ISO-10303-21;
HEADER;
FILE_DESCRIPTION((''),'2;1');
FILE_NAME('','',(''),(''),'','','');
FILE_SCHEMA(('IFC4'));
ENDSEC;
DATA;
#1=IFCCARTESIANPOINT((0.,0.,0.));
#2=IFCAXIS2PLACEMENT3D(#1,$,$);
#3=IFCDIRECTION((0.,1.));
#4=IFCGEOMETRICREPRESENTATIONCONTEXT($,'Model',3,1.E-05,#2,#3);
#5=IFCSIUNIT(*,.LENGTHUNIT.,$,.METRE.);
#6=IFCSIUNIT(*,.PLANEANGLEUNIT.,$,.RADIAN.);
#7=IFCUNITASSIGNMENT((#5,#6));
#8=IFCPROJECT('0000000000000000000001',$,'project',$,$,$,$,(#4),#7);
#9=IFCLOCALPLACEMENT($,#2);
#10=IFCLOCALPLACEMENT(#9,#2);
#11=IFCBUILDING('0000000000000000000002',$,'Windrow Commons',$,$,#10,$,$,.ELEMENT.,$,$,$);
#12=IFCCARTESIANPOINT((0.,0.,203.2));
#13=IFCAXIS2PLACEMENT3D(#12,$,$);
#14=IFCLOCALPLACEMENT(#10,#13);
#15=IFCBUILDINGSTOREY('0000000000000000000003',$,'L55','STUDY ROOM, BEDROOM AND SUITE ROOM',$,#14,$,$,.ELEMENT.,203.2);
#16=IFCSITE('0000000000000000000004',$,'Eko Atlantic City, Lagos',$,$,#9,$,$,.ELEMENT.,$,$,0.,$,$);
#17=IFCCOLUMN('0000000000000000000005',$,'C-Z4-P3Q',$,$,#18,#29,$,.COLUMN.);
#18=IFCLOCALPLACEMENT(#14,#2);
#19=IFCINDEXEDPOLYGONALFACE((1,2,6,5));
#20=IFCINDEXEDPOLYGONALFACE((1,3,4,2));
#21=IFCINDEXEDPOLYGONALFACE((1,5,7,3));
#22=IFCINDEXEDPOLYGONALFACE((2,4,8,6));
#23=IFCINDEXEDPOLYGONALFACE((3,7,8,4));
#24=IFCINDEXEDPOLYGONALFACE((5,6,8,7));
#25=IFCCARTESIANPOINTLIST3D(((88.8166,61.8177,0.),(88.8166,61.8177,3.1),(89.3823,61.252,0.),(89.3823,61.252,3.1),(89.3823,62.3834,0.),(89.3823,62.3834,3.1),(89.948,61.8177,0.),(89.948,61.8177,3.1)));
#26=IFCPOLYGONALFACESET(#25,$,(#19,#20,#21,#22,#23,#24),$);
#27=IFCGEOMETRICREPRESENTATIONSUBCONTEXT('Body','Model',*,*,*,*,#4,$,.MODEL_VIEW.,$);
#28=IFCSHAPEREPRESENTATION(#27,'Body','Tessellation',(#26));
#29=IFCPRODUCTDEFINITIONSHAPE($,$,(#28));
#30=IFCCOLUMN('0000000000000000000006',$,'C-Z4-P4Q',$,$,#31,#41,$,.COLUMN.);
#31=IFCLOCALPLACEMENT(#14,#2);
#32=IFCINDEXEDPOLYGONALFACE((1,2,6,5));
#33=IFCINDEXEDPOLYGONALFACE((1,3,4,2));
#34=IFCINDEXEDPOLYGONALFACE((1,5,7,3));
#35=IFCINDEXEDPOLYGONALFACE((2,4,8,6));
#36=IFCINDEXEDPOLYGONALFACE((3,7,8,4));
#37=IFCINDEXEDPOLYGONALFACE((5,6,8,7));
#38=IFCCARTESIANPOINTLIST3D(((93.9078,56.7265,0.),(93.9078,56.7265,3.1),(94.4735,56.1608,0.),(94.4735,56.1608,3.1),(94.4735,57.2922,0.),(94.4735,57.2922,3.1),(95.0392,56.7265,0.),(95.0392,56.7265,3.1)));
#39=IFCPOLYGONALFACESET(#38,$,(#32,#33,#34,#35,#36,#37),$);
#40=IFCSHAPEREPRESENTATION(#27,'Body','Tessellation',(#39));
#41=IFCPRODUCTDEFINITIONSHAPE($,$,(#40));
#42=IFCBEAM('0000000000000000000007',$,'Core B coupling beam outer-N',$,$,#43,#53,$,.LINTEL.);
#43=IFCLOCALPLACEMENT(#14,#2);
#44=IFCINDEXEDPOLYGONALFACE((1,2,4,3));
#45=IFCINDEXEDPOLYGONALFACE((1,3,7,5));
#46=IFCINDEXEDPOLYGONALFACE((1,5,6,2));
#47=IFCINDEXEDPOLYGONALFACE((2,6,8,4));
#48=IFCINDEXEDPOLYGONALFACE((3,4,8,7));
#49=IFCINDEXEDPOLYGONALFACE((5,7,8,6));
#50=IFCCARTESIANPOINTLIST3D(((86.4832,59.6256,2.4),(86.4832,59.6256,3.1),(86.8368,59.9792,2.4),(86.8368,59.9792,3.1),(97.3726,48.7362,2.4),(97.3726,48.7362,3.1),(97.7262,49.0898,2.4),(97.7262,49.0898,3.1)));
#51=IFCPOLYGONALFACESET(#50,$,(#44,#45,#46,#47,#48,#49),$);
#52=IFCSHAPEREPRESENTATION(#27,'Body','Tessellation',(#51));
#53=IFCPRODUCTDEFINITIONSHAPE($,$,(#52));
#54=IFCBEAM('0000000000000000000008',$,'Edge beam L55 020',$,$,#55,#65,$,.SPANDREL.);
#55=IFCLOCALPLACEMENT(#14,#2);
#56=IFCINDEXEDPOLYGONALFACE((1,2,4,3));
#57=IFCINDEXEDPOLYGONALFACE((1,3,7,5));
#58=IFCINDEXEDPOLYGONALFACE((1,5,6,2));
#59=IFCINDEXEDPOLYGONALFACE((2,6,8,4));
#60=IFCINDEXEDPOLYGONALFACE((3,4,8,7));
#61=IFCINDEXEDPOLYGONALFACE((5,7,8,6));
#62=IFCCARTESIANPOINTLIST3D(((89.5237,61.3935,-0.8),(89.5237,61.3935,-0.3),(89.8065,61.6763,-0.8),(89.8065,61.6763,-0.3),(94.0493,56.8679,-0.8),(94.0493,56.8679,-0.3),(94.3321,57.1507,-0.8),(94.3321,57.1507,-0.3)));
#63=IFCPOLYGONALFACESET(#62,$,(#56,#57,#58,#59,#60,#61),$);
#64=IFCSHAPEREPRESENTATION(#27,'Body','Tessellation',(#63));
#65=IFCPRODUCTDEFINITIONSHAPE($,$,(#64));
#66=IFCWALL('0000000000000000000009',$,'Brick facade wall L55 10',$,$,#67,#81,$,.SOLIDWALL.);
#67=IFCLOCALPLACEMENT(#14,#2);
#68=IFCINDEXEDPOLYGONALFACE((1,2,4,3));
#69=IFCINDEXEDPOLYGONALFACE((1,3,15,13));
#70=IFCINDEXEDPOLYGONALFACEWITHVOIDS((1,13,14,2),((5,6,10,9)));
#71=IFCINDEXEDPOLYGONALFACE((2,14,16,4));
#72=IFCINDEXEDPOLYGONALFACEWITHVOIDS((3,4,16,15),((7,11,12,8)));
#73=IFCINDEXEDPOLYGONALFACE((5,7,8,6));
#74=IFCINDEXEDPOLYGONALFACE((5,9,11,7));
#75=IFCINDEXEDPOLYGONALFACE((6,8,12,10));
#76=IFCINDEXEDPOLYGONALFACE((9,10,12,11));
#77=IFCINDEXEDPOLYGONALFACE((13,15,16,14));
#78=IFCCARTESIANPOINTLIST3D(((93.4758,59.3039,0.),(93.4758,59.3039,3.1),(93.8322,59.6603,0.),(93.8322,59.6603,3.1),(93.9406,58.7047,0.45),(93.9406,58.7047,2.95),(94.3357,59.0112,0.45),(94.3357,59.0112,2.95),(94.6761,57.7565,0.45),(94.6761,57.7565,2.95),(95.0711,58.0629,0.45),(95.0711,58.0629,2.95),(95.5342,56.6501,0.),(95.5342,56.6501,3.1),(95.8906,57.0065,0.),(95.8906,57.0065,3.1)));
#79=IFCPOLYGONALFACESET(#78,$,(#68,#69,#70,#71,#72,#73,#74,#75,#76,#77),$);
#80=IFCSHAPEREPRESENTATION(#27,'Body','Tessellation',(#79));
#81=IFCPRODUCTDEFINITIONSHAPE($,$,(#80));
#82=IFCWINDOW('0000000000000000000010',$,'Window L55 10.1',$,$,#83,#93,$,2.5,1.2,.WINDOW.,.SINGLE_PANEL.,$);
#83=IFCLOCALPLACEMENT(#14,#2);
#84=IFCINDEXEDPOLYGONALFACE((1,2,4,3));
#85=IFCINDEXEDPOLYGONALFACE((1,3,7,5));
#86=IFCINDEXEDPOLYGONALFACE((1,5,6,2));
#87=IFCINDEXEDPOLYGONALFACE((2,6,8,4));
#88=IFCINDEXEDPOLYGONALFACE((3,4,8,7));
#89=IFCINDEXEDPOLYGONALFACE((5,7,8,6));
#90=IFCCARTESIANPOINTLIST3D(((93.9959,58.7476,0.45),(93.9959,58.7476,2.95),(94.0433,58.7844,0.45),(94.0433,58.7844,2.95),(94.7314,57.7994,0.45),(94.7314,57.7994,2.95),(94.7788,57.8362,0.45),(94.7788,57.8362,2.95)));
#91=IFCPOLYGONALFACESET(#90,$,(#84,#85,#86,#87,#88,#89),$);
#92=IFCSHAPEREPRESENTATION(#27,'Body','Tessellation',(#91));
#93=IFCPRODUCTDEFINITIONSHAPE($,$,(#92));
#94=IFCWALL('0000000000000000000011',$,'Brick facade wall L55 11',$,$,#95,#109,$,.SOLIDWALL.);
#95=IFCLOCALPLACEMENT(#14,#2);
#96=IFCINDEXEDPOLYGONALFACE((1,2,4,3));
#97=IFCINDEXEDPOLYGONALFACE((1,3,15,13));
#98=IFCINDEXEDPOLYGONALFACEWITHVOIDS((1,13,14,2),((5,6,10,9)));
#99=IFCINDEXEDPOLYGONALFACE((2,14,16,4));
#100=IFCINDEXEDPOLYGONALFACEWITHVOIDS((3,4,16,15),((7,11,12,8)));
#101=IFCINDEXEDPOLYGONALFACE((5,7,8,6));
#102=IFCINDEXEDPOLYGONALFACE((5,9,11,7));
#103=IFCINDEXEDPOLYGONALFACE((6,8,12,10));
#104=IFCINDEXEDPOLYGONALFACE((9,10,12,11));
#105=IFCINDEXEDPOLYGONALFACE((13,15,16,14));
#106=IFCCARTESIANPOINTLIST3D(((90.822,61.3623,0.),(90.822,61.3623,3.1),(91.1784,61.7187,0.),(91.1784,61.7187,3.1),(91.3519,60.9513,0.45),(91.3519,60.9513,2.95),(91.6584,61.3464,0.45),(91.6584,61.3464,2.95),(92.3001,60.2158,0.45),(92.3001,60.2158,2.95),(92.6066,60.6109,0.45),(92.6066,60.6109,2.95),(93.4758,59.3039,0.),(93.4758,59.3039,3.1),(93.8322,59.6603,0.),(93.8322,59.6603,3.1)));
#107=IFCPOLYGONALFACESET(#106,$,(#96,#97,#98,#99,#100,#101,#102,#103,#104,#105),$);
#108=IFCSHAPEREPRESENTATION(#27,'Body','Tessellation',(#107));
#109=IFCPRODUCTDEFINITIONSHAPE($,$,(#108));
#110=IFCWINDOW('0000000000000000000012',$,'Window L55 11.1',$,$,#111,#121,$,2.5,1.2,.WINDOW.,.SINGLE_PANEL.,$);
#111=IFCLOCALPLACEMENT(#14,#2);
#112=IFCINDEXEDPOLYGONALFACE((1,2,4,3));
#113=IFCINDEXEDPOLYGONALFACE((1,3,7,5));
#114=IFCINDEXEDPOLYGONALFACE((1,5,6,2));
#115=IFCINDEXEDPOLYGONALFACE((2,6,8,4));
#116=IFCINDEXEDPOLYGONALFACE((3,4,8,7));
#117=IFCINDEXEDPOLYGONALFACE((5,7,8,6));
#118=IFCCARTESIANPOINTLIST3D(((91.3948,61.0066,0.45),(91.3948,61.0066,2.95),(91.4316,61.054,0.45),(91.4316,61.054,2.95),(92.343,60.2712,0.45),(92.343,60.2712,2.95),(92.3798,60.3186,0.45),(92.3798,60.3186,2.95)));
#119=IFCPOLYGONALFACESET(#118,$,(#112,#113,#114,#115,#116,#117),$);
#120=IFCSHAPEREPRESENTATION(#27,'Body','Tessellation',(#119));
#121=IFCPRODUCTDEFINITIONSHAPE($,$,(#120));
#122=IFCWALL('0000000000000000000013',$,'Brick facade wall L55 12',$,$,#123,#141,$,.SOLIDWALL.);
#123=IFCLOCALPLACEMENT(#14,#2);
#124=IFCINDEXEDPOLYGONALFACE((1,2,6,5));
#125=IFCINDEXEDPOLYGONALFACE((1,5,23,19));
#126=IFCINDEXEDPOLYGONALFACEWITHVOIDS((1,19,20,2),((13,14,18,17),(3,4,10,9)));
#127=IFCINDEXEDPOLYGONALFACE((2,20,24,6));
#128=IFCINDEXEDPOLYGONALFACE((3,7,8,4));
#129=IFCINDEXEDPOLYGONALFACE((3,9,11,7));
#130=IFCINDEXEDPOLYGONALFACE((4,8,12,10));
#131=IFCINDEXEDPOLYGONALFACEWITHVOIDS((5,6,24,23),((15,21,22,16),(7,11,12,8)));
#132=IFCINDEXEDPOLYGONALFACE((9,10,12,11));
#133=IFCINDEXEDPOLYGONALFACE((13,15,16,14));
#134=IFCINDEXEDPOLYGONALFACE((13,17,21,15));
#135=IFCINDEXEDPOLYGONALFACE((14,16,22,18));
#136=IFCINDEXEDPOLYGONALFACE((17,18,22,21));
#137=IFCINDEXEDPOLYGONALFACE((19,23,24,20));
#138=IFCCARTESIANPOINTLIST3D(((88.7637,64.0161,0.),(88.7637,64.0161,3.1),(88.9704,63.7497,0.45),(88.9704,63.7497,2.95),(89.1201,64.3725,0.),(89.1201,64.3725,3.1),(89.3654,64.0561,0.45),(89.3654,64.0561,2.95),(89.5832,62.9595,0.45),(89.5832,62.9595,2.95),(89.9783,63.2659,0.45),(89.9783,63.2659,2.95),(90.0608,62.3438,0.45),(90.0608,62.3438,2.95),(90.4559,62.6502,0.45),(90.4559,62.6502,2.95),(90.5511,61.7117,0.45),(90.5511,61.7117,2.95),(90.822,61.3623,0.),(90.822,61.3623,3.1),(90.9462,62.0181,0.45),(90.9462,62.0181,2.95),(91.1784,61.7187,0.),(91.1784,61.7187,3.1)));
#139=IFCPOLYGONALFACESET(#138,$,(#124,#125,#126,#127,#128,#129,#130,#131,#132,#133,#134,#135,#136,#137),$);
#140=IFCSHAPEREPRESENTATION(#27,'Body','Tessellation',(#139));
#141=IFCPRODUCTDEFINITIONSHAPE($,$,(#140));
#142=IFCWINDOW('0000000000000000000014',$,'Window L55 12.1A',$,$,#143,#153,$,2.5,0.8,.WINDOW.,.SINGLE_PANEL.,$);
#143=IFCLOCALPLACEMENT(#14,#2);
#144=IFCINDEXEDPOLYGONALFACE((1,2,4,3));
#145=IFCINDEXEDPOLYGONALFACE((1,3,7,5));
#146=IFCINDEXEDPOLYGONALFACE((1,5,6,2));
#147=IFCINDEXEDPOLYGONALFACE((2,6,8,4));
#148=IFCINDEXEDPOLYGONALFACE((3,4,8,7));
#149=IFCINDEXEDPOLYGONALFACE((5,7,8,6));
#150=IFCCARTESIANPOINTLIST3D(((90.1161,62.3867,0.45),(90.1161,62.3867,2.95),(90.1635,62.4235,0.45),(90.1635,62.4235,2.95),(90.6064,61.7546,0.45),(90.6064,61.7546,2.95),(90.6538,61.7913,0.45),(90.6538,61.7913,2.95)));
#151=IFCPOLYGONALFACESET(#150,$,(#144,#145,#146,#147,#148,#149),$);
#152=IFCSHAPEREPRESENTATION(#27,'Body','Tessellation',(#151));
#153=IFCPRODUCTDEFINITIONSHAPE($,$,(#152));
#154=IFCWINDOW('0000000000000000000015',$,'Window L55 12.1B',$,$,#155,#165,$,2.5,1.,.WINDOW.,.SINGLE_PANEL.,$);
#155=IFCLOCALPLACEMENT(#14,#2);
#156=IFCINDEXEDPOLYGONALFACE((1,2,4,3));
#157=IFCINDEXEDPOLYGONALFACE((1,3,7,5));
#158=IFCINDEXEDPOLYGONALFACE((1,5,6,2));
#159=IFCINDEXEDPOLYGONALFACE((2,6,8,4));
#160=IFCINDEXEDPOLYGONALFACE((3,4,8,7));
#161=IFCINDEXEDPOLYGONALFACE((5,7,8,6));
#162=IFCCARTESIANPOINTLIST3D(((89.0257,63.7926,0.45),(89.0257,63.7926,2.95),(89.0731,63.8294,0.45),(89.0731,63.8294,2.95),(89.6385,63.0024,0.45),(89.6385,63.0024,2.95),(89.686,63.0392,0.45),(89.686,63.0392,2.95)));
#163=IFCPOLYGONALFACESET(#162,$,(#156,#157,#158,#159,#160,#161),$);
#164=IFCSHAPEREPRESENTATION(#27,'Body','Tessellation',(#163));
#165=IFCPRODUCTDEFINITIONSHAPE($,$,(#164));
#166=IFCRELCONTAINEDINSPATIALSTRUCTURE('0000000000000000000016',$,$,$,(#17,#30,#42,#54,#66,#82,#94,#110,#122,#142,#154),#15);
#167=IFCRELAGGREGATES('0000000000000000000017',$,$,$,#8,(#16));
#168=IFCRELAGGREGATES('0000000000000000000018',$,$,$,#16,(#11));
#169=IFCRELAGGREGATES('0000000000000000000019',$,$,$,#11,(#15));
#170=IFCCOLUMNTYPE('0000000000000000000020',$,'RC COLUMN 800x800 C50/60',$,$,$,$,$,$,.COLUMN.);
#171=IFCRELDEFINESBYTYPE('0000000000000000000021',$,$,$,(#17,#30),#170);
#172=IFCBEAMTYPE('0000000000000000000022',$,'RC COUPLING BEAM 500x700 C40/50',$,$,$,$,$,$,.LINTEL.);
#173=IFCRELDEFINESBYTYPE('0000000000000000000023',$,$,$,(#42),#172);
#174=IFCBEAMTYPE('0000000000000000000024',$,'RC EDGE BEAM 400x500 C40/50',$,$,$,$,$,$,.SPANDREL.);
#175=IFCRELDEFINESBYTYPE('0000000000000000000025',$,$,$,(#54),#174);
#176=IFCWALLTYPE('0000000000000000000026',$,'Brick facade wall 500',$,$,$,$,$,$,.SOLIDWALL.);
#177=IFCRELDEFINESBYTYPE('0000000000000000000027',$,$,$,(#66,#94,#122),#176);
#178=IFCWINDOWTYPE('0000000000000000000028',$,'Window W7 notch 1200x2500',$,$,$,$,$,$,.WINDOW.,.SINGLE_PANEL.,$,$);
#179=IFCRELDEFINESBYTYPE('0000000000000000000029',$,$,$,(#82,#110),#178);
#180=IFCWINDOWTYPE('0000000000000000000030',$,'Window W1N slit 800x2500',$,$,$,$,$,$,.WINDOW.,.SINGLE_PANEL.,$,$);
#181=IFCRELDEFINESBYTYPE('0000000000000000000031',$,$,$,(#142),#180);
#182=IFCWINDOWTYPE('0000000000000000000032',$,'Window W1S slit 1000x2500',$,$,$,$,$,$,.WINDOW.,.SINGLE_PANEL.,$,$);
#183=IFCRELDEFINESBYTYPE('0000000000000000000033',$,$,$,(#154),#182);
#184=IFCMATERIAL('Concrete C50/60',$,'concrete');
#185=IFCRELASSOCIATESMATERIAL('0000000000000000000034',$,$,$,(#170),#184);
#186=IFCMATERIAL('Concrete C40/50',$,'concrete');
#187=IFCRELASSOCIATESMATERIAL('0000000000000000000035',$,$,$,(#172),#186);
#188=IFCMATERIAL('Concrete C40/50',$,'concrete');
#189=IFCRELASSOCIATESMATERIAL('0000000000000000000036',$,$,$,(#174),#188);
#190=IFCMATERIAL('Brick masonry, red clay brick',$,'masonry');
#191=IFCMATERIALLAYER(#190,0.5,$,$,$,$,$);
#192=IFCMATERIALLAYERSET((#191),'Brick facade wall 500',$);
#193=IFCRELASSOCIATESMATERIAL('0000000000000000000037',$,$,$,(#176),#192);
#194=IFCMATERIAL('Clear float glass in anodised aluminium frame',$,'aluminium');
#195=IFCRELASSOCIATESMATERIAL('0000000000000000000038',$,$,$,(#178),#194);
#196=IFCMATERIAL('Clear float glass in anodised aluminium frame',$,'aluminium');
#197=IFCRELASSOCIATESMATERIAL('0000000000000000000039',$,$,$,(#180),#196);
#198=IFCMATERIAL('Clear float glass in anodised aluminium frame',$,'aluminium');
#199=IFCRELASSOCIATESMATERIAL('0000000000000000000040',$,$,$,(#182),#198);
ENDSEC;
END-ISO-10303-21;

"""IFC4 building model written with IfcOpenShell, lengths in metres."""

from ifc_helpers import new_model, si_unit, direction, frame, frame_2d, origin, origin_2d, place, context, subcontext, project, spatial, polyline, rectangle, outline, extrude, material, layer, layer_set, material_profile, profile_set, type_object, element, fill, save


model = new_model("IFC4")

# Units and contexts
model_context = context("Model", 3, precision=1e-05, world=origin(), true_north=direction((0.0, 1.0)))
body_context = subcontext(model_context, "Body", "Model", "MODEL_VIEW")
ifc_project = project(units=[si_unit("LENGTHUNIT", "METRE"), si_unit("PLANEANGLEUNIT", "RADIAN")], contexts=[model_context])

# Site, building, storey
site_placement = place(None, origin())
site = spatial("IfcSite", under=ifc_project, at=site_placement, Name="Eko Atlantic City, Lagos", CompositionType="ELEMENT", RefElevation=0.0)
building_placement = place(site_placement, origin())
building = spatial("IfcBuilding", under=site, at=building_placement, Name="Windrow Commons", CompositionType="ELEMENT")
storey_placement = place(building_placement, frame((0.0, 0.0, 203.2)))
storey = spatial("IfcBuildingStorey", under=building, at=storey_placement, Name="L55", Description="STUDY ROOM, BEDROOM AND SUITE ROOM", CompositionType="ELEMENT", Elevation=203.2)

# Columns
ifc_material_1 = material(Name="Concrete C50/60", Category="concrete")
ifc_material_profile_1 = material_profile(ifc_material_1, rectangle(XDim=0.8, YDim=0.8, at=origin_2d()))
ifc_profile_set_1 = profile_set([ifc_material_profile_1], Name="Concrete C50/60")
column_type = type_object("IfcColumnType", Name="RC COLUMN 800x800 C50/60", PredefinedType="COLUMN", material=ifc_profile_set_1)
for number, where, z_axis, x_axis, name in (
    (1, (89.3823, 61.8177, 0.0), (0.0, 0.0, 1.0), (0.707107, -0.707107, 0.0), "C-Z4-P3Q"),
    (2, (94.4735, 56.7265, 0.0), (0.0, 0.0, 1.0), (0.707107, -0.707107, 0.0), "C-Z4-P4Q"),
):
    element("IfcColumn", number, at=place(storey_placement, frame(where, z_axis=z_axis, x_axis=x_axis)), inside=storey, type_object=column_type, Name=name, PredefinedType="COLUMN", context=body_context, shape_type="SweptSolid", body=[
        extrude(rectangle(XDim=0.8, YDim=0.8, at=origin_2d()), origin(), (0.0, 0.0, 1.0), 3.1),
    ])

# Beams
ifc_material_2 = material(Name="Concrete C40/50", Category="concrete")
ifc_material_profile_2 = material_profile(ifc_material_2, rectangle(XDim=0.5, YDim=0.7, at=origin_2d()))
ifc_profile_set_2 = profile_set([ifc_material_profile_2], Name="Concrete C40/50")
beam_type_1 = type_object("IfcBeamType", Name="RC COUPLING BEAM 500x700 C40/50", PredefinedType="LINTEL", material=ifc_profile_set_2)
beam_1_placement = place(storey_placement, frame((86.66, 59.8024, 2.75), z_axis=(0.707107, -0.707107, 0.0), x_axis=(0.707107, 0.707107, 0.0)))
element("IfcBeam", 3, at=beam_1_placement, inside=storey, type_object=beam_type_1, Name="Core B coupling beam outer-N", PredefinedType="LINTEL", context=body_context, shape_type="SweptSolid", body=[
    extrude(rectangle(XDim=0.5, YDim=0.7, at=origin_2d()), origin(), (0.0, 0.0, 1.0), 15.3999),
])
ifc_material_3 = material(Name="Concrete C40/50", Category="concrete")
ifc_material_profile_3 = material_profile(ifc_material_3, rectangle(XDim=0.4, YDim=0.5, at=origin_2d()))
ifc_profile_set_3 = profile_set([ifc_material_profile_3], Name="Concrete C40/50")
beam_type_2 = type_object("IfcBeamType", Name="RC EDGE BEAM 400x500 C40/50", PredefinedType="SPANDREL", material=ifc_profile_set_3)
beam_2_placement = place(storey_placement, frame((89.6651, 61.5349, -0.55), z_axis=(0.707107, -0.707107, 0.0), x_axis=(0.707107, 0.707107, 0.0)))
element("IfcBeam", 4, at=beam_2_placement, inside=storey, type_object=beam_type_2, Name="Edge beam L55 020", PredefinedType="SPANDREL", context=body_context, shape_type="SweptSolid", body=[
    extrude(rectangle(XDim=0.4, YDim=0.5, at=origin_2d()), origin(), (0.0, 0.0, 1.0), 6.4002),
])

# Walls, openings, windows
ifc_material_4 = material(Name="Brick masonry, red clay brick", Category="masonry")
ifc_layer_1 = layer(ifc_material_4, 0.5)
ifc_layer_set_1 = layer_set([ifc_layer_1], Name="Brick facade wall 500")
wall_type_1 = type_object("IfcWallType", Name="Brick facade wall 500", PredefinedType="SOLIDWALL", material=ifc_layer_set_1)
wall_1_placement = place(storey_placement, frame((95.7124, 56.8283, 0.0), z_axis=(0.0, 0.0, 1.0), x_axis=(-0.612889, 0.790169, 0.0)))
wall_1 = element("IfcWall", 5, at=wall_1_placement, inside=storey, type_object=wall_type_1, Name="Brick facade wall L55 10", PredefinedType="SOLIDWALL", context=body_context, shape_type="SweptSolid", body=[
    extrude(outline(polyline([(0.0316, -0.25), (3.3901, -0.25), (3.3269, 0.25), (-0.0316, 0.25), (0.0316, -0.25)])), origin(), (0.0, 0.0, 1.0), 3.1),
])
opening_1_placement = place(wall_1_placement, frame((1.3686, 0.0, 0.45)))
opening_1 = element("IfcOpeningElement", 6, at=opening_1_placement, cuts=wall_1, PredefinedType="OPENING", context=body_context, shape_type="SweptSolid", body=[
    extrude(rectangle(XDim=1.2, YDim=2.5, at=frame_2d((0.6, 1.25))), frame((0.0, 0.26, 0.0), z_axis=(0.0, -1.0, 0.0), x_axis=(1.0, 0.0, 0.0)), (0.0, 0.0, 1.0), 0.52),
])
ifc_material_5 = material(Name="Clear float glass in anodised aluminium frame", Category="aluminium")
window_type_1 = type_object("IfcWindowType", Name="Window W7 notch 1200x2500", PartitioningType="SINGLE_PANEL", PredefinedType="WINDOW", material=ifc_material_5)
window_1_placement = place(opening_1_placement, origin())
window_1 = element("IfcWindow", 7, at=window_1_placement, inside=storey, type_object=window_type_1, Name="Window L55 10.1", OverallHeight=2.5, OverallWidth=1.2, PartitioningType="SINGLE_PANEL", PredefinedType="WINDOW", context=body_context, shape_type="SweptSolid", body=[
    extrude(rectangle(XDim=1.2, YDim=2.5, at=frame_2d((0.6, 1.25))), frame((0.0, 0.18, 0.0), z_axis=(0.0, -1.0, 0.0), x_axis=(1.0, 0.0, 0.0)), (0.0, 0.0, 1.0), 0.06),
])
fill(opening_1, window_1)
wall_2_placement = place(storey_placement, frame((93.654, 59.4821, 0.0), z_axis=(0.0, 0.0, 1.0), x_axis=(-0.790169, 0.612889, 0.0)))
wall_2 = element("IfcWall", 8, at=wall_2_placement, inside=storey, type_object=wall_type_1, Name="Brick facade wall L55 11", PredefinedType="SOLIDWALL", context=body_context, shape_type="SweptSolid", body=[
    extrude(outline(polyline([(-0.0316, -0.25), (3.3269, -0.25), (3.3901, 0.25), (0.0316, 0.25), (-0.0316, -0.25)])), origin(), (0.0, 0.0, 1.0), 3.1),
])
opening_2_placement = place(wall_2_placement, frame((1.5195, 0.0, 0.45)))
opening_2 = element("IfcOpeningElement", 9, at=opening_2_placement, cuts=wall_2, PredefinedType="OPENING", context=body_context, shape_type="SweptSolid", body=[
    extrude(rectangle(XDim=1.2, YDim=2.5, at=frame_2d((0.6, 1.25))), frame((0.0, 0.26, 0.0), z_axis=(0.0, -1.0, 0.0), x_axis=(1.0, 0.0, 0.0)), (0.0, 0.0, 1.0), 0.52),
])
window_2_placement = place(opening_2_placement, origin())
window_2 = element("IfcWindow", 10, at=window_2_placement, inside=storey, type_object=window_type_1, Name="Window L55 11.1", OverallHeight=2.5, OverallWidth=1.2, PartitioningType="SINGLE_PANEL", PredefinedType="WINDOW", context=body_context, shape_type="SweptSolid", body=[
    extrude(rectangle(XDim=1.2, YDim=2.5, at=frame_2d((0.6, 1.25))), frame((0.0, 0.18, 0.0), z_axis=(0.0, -1.0, 0.0), x_axis=(1.0, 0.0, 0.0)), (0.0, 0.0, 1.0), 0.06),
])
fill(opening_2, window_2)

# Wall, openings, windows
wall_3_placement = place(storey_placement, frame((91.0002, 61.5405, 0.0), z_axis=(0.0, 0.0, 1.0), x_axis=(-0.61287, 0.790184, 0.0)))
wall_3 = element("IfcWall", 11, at=wall_3_placement, inside=storey, type_object=wall_type_1, Name="Brick facade wall L55 12", PredefinedType="SOLIDWALL", context=body_context, shape_type="SweptSolid", body=[
    extrude(outline(polyline([(0.0316, -0.25), (3.3901, -0.25), (3.3269, 0.25), (-0.0316, 0.25), (0.0316, -0.25)])), origin(), (0.0, 0.0, 1.0), 3.1),
])
opening_3_placement = place(wall_3_placement, frame((0.4105, 0.0, 0.45)))
opening_3 = element("IfcOpeningElement", 12, at=opening_3_placement, cuts=wall_3, PredefinedType="OPENING", context=body_context, shape_type="SweptSolid", body=[
    extrude(rectangle(XDim=0.8, YDim=2.5, at=frame_2d((0.4, 1.25))), frame((0.0, 0.26, 0.0), z_axis=(0.0, -1.0, 0.0), x_axis=(1.0, 0.0, 0.0)), (0.0, 0.0, 1.0), 0.52),
])
opening_4_placement = place(wall_3_placement, frame((1.9897, 0.0, 0.45)))
opening_4 = element("IfcOpeningElement", 13, at=opening_4_placement, cuts=wall_3, PredefinedType="OPENING", context=body_context, shape_type="SweptSolid", body=[
    extrude(rectangle(XDim=1.0, YDim=2.5, at=frame_2d((0.5, 1.25))), frame((0.0, 0.26, 0.0), z_axis=(0.0, -1.0, 0.0), x_axis=(1.0, 0.0, 0.0)), (0.0, 0.0, 1.0), 0.52),
])
ifc_material_6 = material(Name="Clear float glass in anodised aluminium frame", Category="aluminium")
window_type_2 = type_object("IfcWindowType", Name="Window W1N slit 800x2500", PartitioningType="SINGLE_PANEL", PredefinedType="WINDOW", material=ifc_material_6)
window_3_placement = place(opening_3_placement, origin())
window_3 = element("IfcWindow", 14, at=window_3_placement, inside=storey, type_object=window_type_2, Name="Window L55 12.1A", OverallHeight=2.5, OverallWidth=0.8, PartitioningType="SINGLE_PANEL", PredefinedType="WINDOW", context=body_context, shape_type="SweptSolid", body=[
    extrude(rectangle(XDim=0.8, YDim=2.5, at=frame_2d((0.4, 1.25))), frame((0.0, 0.18, 0.0), z_axis=(0.0, -1.0, 0.0), x_axis=(1.0, 0.0, 0.0)), (0.0, 0.0, 1.0), 0.06),
])
fill(opening_3, window_3)
ifc_material_7 = material(Name="Clear float glass in anodised aluminium frame", Category="aluminium")
window_type_3 = type_object("IfcWindowType", Name="Window W1S slit 1000x2500", PartitioningType="SINGLE_PANEL", PredefinedType="WINDOW", material=ifc_material_7)
window_4_placement = place(opening_4_placement, origin())
window_4 = element("IfcWindow", 15, at=window_4_placement, inside=storey, type_object=window_type_3, Name="Window L55 12.1B", OverallHeight=2.5, OverallWidth=1.0, PartitioningType="SINGLE_PANEL", PredefinedType="WINDOW", context=body_context, shape_type="SweptSolid", body=[
    extrude(rectangle(XDim=1.0, YDim=2.5, at=frame_2d((0.5, 1.25))), frame((0.0, 0.18, 0.0), z_axis=(0.0, -1.0, 0.0), x_axis=(1.0, 0.0, 0.0)), (0.0, 0.0, 1.0), 0.06),
])
fill(opening_4, window_4)

save(model, "model.ifc")
